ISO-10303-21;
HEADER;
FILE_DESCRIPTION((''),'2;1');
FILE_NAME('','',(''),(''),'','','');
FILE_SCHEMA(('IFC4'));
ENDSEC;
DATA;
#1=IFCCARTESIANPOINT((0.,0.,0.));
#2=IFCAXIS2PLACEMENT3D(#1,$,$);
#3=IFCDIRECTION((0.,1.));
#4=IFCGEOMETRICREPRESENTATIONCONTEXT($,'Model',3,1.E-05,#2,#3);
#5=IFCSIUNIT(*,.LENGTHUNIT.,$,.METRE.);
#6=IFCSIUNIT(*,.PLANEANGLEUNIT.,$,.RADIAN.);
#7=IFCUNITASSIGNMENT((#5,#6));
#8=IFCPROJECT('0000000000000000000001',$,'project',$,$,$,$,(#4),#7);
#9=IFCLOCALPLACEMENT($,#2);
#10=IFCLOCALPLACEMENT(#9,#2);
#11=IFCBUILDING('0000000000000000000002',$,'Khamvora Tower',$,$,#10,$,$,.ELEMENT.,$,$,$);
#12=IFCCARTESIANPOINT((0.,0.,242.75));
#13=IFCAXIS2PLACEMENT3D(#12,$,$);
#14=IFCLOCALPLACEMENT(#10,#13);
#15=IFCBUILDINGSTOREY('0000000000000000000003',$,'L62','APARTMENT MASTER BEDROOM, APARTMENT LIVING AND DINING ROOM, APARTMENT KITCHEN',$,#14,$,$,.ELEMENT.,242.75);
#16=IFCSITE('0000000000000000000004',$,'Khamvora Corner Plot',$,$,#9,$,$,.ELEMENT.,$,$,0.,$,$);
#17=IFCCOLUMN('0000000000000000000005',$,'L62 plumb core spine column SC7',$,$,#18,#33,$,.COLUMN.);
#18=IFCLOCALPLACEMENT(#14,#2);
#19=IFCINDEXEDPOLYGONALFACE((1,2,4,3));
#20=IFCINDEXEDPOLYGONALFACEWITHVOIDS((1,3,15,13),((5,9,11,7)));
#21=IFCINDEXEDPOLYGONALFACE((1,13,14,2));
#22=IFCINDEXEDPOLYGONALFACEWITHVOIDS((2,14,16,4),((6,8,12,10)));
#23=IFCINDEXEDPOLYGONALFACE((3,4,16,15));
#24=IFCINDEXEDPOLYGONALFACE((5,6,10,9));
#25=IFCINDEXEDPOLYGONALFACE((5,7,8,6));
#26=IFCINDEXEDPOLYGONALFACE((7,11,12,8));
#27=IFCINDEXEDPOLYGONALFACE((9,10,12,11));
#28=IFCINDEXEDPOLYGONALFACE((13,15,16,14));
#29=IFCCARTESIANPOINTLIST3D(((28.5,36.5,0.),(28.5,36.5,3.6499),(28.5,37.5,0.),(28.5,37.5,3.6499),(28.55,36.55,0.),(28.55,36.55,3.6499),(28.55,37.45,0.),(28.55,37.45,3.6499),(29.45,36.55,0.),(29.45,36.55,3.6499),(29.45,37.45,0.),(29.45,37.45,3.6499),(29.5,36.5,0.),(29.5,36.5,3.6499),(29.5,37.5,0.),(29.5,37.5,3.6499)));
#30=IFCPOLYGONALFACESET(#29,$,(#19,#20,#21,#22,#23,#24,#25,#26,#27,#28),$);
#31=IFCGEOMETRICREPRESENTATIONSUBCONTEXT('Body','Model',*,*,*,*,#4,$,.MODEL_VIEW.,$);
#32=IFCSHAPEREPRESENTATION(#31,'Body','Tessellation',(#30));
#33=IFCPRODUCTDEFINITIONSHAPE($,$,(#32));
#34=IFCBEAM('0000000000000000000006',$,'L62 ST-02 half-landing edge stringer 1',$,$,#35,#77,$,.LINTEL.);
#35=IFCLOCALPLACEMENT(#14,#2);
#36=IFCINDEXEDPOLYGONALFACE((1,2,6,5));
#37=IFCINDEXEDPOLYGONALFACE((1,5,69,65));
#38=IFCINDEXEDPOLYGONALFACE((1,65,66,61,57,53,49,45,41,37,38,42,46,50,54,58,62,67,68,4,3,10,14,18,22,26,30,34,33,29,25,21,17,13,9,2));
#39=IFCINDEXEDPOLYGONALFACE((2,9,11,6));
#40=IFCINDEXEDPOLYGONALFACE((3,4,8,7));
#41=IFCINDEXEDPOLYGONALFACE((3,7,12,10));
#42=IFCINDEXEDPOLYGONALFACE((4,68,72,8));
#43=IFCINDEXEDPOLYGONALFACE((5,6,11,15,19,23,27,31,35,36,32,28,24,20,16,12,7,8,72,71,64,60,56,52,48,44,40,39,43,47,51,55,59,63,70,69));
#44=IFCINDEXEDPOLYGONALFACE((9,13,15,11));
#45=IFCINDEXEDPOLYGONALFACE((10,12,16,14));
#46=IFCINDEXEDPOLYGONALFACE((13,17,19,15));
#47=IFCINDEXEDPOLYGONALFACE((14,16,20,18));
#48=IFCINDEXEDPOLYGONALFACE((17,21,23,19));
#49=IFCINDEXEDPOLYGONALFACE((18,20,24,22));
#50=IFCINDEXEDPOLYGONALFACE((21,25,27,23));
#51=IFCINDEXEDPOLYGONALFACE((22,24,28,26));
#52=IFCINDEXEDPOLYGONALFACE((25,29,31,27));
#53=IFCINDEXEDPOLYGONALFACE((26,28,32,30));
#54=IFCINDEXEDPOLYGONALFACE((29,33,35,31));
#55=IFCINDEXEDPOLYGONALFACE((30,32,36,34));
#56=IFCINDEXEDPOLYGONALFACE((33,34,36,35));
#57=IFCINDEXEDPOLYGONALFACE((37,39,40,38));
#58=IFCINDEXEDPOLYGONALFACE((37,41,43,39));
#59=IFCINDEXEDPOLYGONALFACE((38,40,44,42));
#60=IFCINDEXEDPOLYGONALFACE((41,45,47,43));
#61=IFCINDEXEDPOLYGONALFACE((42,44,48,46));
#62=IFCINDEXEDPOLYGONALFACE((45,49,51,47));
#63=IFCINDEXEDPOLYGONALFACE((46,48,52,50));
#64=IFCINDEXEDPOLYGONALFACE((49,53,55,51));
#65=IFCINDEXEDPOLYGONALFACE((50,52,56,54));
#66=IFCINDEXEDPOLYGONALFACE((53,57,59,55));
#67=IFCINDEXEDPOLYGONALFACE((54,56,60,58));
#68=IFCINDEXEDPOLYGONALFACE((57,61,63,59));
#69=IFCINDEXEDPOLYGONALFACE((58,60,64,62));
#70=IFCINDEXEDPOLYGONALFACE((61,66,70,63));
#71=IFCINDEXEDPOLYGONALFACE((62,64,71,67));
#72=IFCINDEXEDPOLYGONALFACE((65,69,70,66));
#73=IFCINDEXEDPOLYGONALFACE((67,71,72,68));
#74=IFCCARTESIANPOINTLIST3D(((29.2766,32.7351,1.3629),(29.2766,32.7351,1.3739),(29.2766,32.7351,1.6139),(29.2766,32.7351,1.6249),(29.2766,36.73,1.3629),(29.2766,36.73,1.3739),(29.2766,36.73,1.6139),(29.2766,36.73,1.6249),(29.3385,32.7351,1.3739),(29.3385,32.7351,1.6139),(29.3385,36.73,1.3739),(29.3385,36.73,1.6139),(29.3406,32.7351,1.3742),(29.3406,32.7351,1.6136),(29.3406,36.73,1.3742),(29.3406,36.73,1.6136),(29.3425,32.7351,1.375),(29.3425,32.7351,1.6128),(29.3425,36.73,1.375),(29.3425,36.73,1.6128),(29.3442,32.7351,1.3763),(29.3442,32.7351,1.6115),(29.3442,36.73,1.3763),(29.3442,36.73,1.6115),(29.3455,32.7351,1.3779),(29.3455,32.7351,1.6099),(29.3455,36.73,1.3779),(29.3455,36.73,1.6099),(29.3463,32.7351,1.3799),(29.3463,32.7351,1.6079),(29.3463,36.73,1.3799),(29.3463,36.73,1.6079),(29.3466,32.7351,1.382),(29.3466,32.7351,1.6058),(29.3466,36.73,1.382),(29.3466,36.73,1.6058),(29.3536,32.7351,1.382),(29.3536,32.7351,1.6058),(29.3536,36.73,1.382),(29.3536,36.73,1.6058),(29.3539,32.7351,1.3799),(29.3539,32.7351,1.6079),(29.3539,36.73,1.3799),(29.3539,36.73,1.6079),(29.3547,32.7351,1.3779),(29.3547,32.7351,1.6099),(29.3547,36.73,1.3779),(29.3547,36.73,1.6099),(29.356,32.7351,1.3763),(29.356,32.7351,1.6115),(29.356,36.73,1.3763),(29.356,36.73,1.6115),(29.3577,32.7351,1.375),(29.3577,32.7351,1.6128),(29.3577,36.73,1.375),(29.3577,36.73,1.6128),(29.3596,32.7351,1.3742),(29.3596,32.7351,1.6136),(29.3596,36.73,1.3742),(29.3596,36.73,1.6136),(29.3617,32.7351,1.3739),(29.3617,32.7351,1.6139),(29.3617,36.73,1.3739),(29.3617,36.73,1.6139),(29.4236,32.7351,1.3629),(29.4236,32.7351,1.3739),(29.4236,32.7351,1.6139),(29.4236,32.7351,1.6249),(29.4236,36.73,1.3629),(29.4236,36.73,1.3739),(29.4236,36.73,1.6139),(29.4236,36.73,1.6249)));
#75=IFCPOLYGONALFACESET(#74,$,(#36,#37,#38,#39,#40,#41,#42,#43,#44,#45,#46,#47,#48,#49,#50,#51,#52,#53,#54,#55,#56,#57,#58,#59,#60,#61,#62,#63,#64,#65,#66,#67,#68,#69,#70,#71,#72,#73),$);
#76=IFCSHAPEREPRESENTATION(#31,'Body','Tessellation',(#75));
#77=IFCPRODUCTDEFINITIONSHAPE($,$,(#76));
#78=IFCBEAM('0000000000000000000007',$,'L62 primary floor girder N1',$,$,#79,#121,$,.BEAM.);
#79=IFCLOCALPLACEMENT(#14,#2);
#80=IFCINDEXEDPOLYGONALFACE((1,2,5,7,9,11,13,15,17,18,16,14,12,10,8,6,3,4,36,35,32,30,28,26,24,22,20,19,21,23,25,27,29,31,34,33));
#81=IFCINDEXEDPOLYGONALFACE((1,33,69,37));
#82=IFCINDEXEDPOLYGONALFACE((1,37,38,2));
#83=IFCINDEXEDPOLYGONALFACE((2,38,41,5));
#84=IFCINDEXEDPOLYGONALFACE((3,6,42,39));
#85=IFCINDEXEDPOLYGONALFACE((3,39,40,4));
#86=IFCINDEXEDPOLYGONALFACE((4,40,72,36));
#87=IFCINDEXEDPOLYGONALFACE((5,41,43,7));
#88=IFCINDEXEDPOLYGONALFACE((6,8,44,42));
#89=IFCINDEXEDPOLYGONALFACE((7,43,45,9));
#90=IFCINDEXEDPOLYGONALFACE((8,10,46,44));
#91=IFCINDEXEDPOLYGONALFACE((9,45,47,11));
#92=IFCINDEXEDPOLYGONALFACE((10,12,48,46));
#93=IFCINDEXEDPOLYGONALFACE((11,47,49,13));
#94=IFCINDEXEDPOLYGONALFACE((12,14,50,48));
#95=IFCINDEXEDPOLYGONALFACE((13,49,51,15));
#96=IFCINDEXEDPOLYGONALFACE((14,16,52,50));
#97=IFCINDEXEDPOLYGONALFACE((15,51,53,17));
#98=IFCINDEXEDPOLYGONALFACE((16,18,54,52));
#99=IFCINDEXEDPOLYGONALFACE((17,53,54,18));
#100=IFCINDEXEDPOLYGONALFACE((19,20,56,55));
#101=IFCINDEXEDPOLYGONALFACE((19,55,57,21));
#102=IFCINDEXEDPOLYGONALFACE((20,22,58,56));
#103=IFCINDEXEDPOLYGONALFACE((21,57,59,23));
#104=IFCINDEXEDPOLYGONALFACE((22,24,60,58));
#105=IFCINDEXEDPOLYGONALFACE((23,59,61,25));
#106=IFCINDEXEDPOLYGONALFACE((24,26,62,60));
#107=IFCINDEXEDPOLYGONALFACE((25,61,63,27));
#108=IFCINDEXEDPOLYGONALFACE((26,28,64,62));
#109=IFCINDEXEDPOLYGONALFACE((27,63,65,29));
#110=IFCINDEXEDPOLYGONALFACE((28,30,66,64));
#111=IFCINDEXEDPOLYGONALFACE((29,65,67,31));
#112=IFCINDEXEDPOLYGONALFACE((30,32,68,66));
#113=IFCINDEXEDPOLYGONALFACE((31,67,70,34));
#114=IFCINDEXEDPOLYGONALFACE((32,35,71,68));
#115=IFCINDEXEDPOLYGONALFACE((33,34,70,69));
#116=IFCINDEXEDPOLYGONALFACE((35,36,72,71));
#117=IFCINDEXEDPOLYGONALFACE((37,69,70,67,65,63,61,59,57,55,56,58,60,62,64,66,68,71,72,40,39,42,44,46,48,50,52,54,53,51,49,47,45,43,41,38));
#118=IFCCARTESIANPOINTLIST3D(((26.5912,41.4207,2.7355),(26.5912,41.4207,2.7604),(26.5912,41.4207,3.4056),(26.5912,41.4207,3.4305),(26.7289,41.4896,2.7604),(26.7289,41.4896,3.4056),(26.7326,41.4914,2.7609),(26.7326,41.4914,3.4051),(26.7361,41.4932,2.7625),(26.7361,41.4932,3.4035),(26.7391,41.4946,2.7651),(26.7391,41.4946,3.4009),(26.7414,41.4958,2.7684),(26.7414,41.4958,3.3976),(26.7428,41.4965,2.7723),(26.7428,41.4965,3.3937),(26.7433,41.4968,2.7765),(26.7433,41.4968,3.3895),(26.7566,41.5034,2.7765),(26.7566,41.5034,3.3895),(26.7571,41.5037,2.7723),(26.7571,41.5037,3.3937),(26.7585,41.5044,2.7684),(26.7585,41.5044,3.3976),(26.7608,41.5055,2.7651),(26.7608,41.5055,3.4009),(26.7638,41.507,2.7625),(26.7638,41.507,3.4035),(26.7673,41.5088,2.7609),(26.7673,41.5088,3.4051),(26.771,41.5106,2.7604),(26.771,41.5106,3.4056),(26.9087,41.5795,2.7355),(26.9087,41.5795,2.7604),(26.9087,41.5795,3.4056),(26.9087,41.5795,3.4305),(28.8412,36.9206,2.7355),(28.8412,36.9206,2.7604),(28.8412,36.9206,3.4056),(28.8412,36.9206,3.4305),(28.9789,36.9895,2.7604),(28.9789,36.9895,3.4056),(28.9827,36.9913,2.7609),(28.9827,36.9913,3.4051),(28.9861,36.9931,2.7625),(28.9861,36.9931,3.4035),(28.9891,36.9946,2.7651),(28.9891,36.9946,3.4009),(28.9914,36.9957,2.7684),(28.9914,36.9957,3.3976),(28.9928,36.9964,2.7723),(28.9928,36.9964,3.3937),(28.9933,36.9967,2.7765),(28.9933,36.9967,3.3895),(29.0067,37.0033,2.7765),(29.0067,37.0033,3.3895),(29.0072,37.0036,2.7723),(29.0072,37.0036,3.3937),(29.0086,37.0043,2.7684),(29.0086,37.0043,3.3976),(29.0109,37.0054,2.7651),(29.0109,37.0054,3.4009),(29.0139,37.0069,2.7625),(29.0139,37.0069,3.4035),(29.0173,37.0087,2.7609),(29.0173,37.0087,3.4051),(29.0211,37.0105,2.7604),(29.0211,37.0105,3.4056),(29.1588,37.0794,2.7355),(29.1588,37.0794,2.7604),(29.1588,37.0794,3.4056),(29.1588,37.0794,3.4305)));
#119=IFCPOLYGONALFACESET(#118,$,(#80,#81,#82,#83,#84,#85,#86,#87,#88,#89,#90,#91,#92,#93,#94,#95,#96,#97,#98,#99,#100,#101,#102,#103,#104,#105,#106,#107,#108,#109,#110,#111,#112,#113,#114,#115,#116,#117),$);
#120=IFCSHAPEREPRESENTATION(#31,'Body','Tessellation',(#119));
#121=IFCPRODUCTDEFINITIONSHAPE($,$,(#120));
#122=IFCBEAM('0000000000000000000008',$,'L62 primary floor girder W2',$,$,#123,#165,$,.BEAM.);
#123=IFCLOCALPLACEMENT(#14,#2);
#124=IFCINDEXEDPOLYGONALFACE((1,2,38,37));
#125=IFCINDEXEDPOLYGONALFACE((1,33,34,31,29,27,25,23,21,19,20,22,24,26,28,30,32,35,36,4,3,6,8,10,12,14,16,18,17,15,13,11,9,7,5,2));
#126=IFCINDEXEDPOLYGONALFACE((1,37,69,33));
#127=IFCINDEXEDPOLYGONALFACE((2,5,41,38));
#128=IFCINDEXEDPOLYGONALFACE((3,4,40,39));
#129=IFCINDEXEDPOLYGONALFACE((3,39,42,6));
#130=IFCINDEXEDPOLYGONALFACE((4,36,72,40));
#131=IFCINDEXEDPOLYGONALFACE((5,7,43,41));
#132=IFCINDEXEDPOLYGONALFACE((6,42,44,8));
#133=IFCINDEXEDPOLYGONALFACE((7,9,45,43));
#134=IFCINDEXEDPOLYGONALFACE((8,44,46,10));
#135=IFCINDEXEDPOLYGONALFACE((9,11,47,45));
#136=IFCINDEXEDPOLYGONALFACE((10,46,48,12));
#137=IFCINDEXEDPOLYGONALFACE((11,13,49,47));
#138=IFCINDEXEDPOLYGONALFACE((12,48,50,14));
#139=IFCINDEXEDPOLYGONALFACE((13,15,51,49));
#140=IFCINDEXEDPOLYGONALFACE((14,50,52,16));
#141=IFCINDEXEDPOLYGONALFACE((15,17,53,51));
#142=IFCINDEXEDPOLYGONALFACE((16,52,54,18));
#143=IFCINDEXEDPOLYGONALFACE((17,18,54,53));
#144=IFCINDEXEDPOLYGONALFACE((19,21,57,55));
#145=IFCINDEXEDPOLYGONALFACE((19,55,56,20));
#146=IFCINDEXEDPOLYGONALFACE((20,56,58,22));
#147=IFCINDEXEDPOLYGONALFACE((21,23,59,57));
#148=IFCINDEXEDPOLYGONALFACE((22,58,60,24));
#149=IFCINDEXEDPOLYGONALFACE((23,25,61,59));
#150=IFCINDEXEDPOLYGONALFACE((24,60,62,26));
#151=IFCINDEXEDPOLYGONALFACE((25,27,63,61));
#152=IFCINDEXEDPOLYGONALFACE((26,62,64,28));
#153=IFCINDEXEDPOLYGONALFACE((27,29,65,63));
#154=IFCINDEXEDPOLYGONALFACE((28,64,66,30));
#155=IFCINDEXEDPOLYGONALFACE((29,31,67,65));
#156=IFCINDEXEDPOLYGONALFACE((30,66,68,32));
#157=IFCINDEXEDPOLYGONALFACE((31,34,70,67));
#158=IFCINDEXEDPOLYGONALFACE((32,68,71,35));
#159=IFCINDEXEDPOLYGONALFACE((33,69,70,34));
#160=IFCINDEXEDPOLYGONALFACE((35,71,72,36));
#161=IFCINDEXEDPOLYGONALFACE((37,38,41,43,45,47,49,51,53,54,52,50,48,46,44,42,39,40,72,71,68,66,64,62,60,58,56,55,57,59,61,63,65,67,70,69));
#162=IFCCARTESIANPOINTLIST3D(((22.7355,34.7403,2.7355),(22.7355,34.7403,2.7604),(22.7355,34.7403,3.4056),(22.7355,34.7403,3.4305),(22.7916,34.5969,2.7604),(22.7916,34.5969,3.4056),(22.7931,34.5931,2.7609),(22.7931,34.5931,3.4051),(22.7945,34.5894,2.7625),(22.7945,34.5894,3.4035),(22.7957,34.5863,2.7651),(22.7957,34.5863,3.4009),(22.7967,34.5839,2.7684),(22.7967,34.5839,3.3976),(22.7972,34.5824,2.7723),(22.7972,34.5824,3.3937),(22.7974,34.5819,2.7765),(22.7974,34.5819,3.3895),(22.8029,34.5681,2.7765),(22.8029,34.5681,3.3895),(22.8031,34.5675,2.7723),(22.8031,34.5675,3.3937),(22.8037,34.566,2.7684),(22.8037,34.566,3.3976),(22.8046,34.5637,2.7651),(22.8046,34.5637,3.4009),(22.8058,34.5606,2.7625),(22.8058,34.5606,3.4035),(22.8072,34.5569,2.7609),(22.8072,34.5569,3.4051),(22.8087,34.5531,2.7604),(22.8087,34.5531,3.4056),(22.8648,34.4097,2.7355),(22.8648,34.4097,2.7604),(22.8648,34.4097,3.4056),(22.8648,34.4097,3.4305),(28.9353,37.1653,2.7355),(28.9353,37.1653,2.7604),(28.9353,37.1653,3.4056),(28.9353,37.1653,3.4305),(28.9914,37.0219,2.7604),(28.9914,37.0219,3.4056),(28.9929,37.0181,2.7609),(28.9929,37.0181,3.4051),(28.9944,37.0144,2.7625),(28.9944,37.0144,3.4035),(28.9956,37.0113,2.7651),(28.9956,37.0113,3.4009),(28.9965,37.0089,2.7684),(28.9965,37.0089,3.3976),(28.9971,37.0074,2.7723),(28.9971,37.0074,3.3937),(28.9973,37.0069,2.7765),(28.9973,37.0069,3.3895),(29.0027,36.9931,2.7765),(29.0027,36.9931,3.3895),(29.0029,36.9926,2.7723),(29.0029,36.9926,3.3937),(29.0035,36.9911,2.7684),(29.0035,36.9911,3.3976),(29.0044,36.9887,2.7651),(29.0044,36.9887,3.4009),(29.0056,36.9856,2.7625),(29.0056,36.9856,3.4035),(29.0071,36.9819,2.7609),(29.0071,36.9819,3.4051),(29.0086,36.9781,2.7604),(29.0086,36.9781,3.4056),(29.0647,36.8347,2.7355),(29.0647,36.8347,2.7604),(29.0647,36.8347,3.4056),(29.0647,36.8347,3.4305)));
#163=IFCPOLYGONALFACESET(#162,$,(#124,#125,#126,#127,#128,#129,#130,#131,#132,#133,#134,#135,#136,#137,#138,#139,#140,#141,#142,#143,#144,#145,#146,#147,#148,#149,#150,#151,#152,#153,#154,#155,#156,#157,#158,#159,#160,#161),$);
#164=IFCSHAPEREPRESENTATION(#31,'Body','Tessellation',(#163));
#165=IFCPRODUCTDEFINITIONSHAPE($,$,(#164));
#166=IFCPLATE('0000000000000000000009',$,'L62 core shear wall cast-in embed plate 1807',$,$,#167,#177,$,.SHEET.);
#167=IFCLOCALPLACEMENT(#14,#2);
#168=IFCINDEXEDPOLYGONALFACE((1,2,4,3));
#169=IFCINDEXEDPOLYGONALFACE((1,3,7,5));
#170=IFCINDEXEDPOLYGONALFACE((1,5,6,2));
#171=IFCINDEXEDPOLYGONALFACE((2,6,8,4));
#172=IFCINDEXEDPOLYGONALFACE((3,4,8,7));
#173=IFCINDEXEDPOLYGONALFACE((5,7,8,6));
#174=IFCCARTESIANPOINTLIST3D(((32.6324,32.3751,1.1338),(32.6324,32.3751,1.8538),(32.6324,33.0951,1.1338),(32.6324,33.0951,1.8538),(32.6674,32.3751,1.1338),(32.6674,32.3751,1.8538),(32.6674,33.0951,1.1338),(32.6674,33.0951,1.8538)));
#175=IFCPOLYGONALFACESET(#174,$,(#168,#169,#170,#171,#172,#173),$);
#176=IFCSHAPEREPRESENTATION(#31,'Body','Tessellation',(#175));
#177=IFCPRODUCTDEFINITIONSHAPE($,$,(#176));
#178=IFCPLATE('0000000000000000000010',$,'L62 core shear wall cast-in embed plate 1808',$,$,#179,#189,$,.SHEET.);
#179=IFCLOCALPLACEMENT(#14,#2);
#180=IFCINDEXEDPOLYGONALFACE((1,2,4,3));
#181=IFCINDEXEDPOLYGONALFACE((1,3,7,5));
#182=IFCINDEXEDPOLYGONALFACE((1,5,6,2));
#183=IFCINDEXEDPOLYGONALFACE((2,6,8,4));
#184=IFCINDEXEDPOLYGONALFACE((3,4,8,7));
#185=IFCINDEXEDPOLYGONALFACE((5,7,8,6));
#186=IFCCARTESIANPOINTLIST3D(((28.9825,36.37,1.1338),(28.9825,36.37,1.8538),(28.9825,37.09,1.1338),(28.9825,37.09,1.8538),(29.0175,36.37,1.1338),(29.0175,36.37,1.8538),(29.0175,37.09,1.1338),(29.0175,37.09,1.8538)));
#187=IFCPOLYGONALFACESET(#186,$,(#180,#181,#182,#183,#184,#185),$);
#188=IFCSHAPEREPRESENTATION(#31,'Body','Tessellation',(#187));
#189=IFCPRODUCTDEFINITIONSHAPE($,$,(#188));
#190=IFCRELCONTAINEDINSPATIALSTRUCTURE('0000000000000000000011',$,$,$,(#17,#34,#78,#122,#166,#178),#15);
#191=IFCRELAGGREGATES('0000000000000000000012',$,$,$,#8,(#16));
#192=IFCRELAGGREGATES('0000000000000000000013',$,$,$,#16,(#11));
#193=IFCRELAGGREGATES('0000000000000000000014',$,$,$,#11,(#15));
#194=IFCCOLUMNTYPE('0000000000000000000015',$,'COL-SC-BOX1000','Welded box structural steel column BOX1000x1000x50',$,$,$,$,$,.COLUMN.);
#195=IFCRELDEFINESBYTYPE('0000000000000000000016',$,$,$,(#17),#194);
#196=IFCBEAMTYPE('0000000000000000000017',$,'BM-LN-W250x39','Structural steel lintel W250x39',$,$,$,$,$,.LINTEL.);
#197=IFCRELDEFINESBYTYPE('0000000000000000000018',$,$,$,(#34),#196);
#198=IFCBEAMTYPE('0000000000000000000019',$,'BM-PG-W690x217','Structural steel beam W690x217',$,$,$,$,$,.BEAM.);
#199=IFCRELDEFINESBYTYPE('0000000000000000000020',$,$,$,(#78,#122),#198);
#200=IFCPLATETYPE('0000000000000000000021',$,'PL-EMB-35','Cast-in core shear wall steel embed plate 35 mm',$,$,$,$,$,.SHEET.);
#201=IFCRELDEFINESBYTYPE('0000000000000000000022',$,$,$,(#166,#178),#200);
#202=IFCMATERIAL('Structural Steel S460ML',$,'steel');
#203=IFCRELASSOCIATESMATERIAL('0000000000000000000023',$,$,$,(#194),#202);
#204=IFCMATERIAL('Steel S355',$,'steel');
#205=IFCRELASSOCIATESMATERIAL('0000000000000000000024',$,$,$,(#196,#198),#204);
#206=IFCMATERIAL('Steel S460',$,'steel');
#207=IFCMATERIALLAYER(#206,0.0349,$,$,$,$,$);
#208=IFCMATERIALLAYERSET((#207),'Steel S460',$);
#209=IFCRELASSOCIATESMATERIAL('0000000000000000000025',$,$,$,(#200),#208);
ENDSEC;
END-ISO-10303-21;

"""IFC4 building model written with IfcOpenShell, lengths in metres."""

from ifc_helpers import new_model, si_unit, direction, frame, origin, origin_2d, place, context, subcontext, project, spatial, rectangle, hollow_rectangle, i_section, extrude, material, layer, layer_set, material_profile, profile_set, type_object, element, save


model = new_model("IFC4")

# Units and contexts
model_context = context("Model", 3, precision=1e-05, world=origin(), true_north=direction((0.0, 1.0)))
body_context = subcontext(model_context, "Body", "Model", "MODEL_VIEW")
ifc_project = project(units=[si_unit("LENGTHUNIT", "METRE"), si_unit("PLANEANGLEUNIT", "RADIAN")], contexts=[model_context])

# Site, building, storey
site_placement = place(None, origin())
site = spatial("IfcSite", under=ifc_project, at=site_placement, Name="Khamvora Corner Plot", CompositionType="ELEMENT", RefElevation=0.0)
building_placement = place(site_placement, origin())
building = spatial("IfcBuilding", under=site, at=building_placement, Name="Khamvora Tower", CompositionType="ELEMENT")
storey_placement = place(building_placement, frame((0.0, 0.0, 242.75)))
storey = spatial("IfcBuildingStorey", under=building, at=storey_placement, Name="L62", Description="APARTMENT MASTER BEDROOM, APARTMENT LIVING AND DINING ROOM, APARTMENT KITCHEN", CompositionType="ELEMENT", Elevation=242.75)

# Column
ifc_material_1 = material(Name="Structural Steel S460ML", Category="steel")
ifc_material_profile_1 = material_profile(ifc_material_1, hollow_rectangle(XDim=1.0, YDim=1.0, WallThickness=0.05, at=origin_2d()), Name="BOX1000x1000x50")
ifc_profile_set_1 = profile_set([ifc_material_profile_1], Name="Structural Steel S460ML")
column_type = type_object("IfcColumnType", Name="COL-SC-BOX1000", Description="Welded box structural steel column BOX1000x1000x50", PredefinedType="COLUMN", material=ifc_profile_set_1)
column_placement = place(storey_placement, frame((29.0, 37.0, 0.0), z_axis=(0.0, 0.0, 1.0), x_axis=(1.0, 0.0, 0.0)))
element("IfcColumn", 1, at=column_placement, inside=storey, type_object=column_type, Name="L62 plumb core spine column SC7", PredefinedType="COLUMN", context=body_context, shape_type="SweptSolid", body=[
    extrude(hollow_rectangle(XDim=1.0, YDim=1.0, WallThickness=0.05, at=origin_2d()), origin(), (0.0, 0.0, 1.0), 3.6499),
])

# Beams
ifc_material_2 = material(Name="Steel S355", Category="steel")
ifc_material_profile_2 = material_profile(ifc_material_2, i_section(OverallWidth=0.147, OverallDepth=0.262, WebThickness=0.0071, FlangeThickness=0.011, FilletRadius=0.0081, at=origin_2d()), Name="W250x39")
ifc_profile_set_2 = profile_set([ifc_material_profile_2], Name="Steel S355")
beam_type_1 = type_object("IfcBeamType", Name="BM-LN-W250x39", Description="Structural steel lintel W250x39", PredefinedType="LINTEL", material=ifc_profile_set_2)
beam_1_placement = place(storey_placement, frame((29.3501, 32.7351, 1.4939), z_axis=(0.0, 1.0, 0.0), x_axis=(-1.0, 0.0, 0.0)))
element("IfcBeam", 2, at=beam_1_placement, inside=storey, type_object=beam_type_1, Name="L62 ST-02 half-landing edge stringer 1", PredefinedType="LINTEL", context=body_context, shape_type="SweptSolid", body=[
    extrude(i_section(OverallWidth=0.147, OverallDepth=0.262, WebThickness=0.0071, FlangeThickness=0.011, FilletRadius=0.0081, at=origin_2d()), origin(), (0.0, 0.0, 1.0), 3.9949),
])
ifc_material_profile_3 = material_profile(ifc_material_2, i_section(OverallWidth=0.355, OverallDepth=0.6951, WebThickness=0.0149, FlangeThickness=0.0249, FilletRadius=0.0161, at=origin_2d()), Name="W690x217")
ifc_profile_set_3 = profile_set([ifc_material_profile_3], Name="Steel S355")
beam_type_2 = type_object("IfcBeamType", Name="BM-PG-W690x217", Description="Structural steel beam W690x217", PredefinedType="BEAM", material=ifc_profile_set_3)
beam_2_placement = place(storey_placement, frame((29.0, 37.0, 3.083), z_axis=(-0.447214, 0.894427, 0.0), x_axis=(-0.894427, -0.447214, 0.0)))
element("IfcBeam", 3, at=beam_2_placement, inside=storey, type_object=beam_type_2, Name="L62 primary floor girder N1", PredefinedType="BEAM", context=body_context, shape_type="SweptSolid", body=[
    extrude(i_section(OverallWidth=0.355, OverallDepth=0.6951, WebThickness=0.0149, FlangeThickness=0.0249, FilletRadius=0.0161, at=origin_2d()), origin(), (0.0, 0.0, 1.0), 5.0312),
])
beam_3_placement = place(storey_placement, frame((29.0, 37.0, 3.083), z_axis=(-0.931295, -0.364267, 0.0), x_axis=(0.364267, -0.931295, 0.0)))
element("IfcBeam", 4, at=beam_3_placement, inside=storey, type_object=beam_type_2, Name="L62 primary floor girder W2", PredefinedType="BEAM", context=body_context, shape_type="SweptSolid", body=[
    extrude(i_section(OverallWidth=0.355, OverallDepth=0.6951, WebThickness=0.0149, FlangeThickness=0.0249, FilletRadius=0.0161, at=origin_2d()), origin(), (0.0, 0.0, 1.0), 6.6572),
])

# Plates
ifc_material_3 = material(Name="Steel S460", Category="steel")
ifc_layer_1 = layer(ifc_material_3, 0.0349)
ifc_layer_set_1 = layer_set([ifc_layer_1], Name="Steel S460")
plate_type = type_object("IfcPlateType", Name="PL-EMB-35", Description="Cast-in core shear wall steel embed plate 35 mm", PredefinedType="SHEET", material=ifc_layer_set_1)
for number, where, z_axis, x_axis, name in (
    (5, (32.6499, 32.7351, 1.1338), (0.0, 0.0, 1.0), (1.0, 0.0, 0.0), "L62 core shear wall cast-in embed plate 1807"),
    (6, (29.0, 36.73, 1.1338), (0.0, 0.0, 1.0), (1.0, 0.0, 0.0), "L62 core shear wall cast-in embed plate 1808"),
):
    element("IfcPlate", number, at=place(storey_placement, frame(where, z_axis=z_axis, x_axis=x_axis)), inside=storey, type_object=plate_type, Name=name, PredefinedType="SHEET", context=body_context, shape_type="SweptSolid", body=[
        extrude(rectangle(XDim=0.0349, YDim=0.72, at=origin_2d()), origin(), (0.0, 0.0, 1.0), 0.72),
    ])

save(model, "model.ifc")
